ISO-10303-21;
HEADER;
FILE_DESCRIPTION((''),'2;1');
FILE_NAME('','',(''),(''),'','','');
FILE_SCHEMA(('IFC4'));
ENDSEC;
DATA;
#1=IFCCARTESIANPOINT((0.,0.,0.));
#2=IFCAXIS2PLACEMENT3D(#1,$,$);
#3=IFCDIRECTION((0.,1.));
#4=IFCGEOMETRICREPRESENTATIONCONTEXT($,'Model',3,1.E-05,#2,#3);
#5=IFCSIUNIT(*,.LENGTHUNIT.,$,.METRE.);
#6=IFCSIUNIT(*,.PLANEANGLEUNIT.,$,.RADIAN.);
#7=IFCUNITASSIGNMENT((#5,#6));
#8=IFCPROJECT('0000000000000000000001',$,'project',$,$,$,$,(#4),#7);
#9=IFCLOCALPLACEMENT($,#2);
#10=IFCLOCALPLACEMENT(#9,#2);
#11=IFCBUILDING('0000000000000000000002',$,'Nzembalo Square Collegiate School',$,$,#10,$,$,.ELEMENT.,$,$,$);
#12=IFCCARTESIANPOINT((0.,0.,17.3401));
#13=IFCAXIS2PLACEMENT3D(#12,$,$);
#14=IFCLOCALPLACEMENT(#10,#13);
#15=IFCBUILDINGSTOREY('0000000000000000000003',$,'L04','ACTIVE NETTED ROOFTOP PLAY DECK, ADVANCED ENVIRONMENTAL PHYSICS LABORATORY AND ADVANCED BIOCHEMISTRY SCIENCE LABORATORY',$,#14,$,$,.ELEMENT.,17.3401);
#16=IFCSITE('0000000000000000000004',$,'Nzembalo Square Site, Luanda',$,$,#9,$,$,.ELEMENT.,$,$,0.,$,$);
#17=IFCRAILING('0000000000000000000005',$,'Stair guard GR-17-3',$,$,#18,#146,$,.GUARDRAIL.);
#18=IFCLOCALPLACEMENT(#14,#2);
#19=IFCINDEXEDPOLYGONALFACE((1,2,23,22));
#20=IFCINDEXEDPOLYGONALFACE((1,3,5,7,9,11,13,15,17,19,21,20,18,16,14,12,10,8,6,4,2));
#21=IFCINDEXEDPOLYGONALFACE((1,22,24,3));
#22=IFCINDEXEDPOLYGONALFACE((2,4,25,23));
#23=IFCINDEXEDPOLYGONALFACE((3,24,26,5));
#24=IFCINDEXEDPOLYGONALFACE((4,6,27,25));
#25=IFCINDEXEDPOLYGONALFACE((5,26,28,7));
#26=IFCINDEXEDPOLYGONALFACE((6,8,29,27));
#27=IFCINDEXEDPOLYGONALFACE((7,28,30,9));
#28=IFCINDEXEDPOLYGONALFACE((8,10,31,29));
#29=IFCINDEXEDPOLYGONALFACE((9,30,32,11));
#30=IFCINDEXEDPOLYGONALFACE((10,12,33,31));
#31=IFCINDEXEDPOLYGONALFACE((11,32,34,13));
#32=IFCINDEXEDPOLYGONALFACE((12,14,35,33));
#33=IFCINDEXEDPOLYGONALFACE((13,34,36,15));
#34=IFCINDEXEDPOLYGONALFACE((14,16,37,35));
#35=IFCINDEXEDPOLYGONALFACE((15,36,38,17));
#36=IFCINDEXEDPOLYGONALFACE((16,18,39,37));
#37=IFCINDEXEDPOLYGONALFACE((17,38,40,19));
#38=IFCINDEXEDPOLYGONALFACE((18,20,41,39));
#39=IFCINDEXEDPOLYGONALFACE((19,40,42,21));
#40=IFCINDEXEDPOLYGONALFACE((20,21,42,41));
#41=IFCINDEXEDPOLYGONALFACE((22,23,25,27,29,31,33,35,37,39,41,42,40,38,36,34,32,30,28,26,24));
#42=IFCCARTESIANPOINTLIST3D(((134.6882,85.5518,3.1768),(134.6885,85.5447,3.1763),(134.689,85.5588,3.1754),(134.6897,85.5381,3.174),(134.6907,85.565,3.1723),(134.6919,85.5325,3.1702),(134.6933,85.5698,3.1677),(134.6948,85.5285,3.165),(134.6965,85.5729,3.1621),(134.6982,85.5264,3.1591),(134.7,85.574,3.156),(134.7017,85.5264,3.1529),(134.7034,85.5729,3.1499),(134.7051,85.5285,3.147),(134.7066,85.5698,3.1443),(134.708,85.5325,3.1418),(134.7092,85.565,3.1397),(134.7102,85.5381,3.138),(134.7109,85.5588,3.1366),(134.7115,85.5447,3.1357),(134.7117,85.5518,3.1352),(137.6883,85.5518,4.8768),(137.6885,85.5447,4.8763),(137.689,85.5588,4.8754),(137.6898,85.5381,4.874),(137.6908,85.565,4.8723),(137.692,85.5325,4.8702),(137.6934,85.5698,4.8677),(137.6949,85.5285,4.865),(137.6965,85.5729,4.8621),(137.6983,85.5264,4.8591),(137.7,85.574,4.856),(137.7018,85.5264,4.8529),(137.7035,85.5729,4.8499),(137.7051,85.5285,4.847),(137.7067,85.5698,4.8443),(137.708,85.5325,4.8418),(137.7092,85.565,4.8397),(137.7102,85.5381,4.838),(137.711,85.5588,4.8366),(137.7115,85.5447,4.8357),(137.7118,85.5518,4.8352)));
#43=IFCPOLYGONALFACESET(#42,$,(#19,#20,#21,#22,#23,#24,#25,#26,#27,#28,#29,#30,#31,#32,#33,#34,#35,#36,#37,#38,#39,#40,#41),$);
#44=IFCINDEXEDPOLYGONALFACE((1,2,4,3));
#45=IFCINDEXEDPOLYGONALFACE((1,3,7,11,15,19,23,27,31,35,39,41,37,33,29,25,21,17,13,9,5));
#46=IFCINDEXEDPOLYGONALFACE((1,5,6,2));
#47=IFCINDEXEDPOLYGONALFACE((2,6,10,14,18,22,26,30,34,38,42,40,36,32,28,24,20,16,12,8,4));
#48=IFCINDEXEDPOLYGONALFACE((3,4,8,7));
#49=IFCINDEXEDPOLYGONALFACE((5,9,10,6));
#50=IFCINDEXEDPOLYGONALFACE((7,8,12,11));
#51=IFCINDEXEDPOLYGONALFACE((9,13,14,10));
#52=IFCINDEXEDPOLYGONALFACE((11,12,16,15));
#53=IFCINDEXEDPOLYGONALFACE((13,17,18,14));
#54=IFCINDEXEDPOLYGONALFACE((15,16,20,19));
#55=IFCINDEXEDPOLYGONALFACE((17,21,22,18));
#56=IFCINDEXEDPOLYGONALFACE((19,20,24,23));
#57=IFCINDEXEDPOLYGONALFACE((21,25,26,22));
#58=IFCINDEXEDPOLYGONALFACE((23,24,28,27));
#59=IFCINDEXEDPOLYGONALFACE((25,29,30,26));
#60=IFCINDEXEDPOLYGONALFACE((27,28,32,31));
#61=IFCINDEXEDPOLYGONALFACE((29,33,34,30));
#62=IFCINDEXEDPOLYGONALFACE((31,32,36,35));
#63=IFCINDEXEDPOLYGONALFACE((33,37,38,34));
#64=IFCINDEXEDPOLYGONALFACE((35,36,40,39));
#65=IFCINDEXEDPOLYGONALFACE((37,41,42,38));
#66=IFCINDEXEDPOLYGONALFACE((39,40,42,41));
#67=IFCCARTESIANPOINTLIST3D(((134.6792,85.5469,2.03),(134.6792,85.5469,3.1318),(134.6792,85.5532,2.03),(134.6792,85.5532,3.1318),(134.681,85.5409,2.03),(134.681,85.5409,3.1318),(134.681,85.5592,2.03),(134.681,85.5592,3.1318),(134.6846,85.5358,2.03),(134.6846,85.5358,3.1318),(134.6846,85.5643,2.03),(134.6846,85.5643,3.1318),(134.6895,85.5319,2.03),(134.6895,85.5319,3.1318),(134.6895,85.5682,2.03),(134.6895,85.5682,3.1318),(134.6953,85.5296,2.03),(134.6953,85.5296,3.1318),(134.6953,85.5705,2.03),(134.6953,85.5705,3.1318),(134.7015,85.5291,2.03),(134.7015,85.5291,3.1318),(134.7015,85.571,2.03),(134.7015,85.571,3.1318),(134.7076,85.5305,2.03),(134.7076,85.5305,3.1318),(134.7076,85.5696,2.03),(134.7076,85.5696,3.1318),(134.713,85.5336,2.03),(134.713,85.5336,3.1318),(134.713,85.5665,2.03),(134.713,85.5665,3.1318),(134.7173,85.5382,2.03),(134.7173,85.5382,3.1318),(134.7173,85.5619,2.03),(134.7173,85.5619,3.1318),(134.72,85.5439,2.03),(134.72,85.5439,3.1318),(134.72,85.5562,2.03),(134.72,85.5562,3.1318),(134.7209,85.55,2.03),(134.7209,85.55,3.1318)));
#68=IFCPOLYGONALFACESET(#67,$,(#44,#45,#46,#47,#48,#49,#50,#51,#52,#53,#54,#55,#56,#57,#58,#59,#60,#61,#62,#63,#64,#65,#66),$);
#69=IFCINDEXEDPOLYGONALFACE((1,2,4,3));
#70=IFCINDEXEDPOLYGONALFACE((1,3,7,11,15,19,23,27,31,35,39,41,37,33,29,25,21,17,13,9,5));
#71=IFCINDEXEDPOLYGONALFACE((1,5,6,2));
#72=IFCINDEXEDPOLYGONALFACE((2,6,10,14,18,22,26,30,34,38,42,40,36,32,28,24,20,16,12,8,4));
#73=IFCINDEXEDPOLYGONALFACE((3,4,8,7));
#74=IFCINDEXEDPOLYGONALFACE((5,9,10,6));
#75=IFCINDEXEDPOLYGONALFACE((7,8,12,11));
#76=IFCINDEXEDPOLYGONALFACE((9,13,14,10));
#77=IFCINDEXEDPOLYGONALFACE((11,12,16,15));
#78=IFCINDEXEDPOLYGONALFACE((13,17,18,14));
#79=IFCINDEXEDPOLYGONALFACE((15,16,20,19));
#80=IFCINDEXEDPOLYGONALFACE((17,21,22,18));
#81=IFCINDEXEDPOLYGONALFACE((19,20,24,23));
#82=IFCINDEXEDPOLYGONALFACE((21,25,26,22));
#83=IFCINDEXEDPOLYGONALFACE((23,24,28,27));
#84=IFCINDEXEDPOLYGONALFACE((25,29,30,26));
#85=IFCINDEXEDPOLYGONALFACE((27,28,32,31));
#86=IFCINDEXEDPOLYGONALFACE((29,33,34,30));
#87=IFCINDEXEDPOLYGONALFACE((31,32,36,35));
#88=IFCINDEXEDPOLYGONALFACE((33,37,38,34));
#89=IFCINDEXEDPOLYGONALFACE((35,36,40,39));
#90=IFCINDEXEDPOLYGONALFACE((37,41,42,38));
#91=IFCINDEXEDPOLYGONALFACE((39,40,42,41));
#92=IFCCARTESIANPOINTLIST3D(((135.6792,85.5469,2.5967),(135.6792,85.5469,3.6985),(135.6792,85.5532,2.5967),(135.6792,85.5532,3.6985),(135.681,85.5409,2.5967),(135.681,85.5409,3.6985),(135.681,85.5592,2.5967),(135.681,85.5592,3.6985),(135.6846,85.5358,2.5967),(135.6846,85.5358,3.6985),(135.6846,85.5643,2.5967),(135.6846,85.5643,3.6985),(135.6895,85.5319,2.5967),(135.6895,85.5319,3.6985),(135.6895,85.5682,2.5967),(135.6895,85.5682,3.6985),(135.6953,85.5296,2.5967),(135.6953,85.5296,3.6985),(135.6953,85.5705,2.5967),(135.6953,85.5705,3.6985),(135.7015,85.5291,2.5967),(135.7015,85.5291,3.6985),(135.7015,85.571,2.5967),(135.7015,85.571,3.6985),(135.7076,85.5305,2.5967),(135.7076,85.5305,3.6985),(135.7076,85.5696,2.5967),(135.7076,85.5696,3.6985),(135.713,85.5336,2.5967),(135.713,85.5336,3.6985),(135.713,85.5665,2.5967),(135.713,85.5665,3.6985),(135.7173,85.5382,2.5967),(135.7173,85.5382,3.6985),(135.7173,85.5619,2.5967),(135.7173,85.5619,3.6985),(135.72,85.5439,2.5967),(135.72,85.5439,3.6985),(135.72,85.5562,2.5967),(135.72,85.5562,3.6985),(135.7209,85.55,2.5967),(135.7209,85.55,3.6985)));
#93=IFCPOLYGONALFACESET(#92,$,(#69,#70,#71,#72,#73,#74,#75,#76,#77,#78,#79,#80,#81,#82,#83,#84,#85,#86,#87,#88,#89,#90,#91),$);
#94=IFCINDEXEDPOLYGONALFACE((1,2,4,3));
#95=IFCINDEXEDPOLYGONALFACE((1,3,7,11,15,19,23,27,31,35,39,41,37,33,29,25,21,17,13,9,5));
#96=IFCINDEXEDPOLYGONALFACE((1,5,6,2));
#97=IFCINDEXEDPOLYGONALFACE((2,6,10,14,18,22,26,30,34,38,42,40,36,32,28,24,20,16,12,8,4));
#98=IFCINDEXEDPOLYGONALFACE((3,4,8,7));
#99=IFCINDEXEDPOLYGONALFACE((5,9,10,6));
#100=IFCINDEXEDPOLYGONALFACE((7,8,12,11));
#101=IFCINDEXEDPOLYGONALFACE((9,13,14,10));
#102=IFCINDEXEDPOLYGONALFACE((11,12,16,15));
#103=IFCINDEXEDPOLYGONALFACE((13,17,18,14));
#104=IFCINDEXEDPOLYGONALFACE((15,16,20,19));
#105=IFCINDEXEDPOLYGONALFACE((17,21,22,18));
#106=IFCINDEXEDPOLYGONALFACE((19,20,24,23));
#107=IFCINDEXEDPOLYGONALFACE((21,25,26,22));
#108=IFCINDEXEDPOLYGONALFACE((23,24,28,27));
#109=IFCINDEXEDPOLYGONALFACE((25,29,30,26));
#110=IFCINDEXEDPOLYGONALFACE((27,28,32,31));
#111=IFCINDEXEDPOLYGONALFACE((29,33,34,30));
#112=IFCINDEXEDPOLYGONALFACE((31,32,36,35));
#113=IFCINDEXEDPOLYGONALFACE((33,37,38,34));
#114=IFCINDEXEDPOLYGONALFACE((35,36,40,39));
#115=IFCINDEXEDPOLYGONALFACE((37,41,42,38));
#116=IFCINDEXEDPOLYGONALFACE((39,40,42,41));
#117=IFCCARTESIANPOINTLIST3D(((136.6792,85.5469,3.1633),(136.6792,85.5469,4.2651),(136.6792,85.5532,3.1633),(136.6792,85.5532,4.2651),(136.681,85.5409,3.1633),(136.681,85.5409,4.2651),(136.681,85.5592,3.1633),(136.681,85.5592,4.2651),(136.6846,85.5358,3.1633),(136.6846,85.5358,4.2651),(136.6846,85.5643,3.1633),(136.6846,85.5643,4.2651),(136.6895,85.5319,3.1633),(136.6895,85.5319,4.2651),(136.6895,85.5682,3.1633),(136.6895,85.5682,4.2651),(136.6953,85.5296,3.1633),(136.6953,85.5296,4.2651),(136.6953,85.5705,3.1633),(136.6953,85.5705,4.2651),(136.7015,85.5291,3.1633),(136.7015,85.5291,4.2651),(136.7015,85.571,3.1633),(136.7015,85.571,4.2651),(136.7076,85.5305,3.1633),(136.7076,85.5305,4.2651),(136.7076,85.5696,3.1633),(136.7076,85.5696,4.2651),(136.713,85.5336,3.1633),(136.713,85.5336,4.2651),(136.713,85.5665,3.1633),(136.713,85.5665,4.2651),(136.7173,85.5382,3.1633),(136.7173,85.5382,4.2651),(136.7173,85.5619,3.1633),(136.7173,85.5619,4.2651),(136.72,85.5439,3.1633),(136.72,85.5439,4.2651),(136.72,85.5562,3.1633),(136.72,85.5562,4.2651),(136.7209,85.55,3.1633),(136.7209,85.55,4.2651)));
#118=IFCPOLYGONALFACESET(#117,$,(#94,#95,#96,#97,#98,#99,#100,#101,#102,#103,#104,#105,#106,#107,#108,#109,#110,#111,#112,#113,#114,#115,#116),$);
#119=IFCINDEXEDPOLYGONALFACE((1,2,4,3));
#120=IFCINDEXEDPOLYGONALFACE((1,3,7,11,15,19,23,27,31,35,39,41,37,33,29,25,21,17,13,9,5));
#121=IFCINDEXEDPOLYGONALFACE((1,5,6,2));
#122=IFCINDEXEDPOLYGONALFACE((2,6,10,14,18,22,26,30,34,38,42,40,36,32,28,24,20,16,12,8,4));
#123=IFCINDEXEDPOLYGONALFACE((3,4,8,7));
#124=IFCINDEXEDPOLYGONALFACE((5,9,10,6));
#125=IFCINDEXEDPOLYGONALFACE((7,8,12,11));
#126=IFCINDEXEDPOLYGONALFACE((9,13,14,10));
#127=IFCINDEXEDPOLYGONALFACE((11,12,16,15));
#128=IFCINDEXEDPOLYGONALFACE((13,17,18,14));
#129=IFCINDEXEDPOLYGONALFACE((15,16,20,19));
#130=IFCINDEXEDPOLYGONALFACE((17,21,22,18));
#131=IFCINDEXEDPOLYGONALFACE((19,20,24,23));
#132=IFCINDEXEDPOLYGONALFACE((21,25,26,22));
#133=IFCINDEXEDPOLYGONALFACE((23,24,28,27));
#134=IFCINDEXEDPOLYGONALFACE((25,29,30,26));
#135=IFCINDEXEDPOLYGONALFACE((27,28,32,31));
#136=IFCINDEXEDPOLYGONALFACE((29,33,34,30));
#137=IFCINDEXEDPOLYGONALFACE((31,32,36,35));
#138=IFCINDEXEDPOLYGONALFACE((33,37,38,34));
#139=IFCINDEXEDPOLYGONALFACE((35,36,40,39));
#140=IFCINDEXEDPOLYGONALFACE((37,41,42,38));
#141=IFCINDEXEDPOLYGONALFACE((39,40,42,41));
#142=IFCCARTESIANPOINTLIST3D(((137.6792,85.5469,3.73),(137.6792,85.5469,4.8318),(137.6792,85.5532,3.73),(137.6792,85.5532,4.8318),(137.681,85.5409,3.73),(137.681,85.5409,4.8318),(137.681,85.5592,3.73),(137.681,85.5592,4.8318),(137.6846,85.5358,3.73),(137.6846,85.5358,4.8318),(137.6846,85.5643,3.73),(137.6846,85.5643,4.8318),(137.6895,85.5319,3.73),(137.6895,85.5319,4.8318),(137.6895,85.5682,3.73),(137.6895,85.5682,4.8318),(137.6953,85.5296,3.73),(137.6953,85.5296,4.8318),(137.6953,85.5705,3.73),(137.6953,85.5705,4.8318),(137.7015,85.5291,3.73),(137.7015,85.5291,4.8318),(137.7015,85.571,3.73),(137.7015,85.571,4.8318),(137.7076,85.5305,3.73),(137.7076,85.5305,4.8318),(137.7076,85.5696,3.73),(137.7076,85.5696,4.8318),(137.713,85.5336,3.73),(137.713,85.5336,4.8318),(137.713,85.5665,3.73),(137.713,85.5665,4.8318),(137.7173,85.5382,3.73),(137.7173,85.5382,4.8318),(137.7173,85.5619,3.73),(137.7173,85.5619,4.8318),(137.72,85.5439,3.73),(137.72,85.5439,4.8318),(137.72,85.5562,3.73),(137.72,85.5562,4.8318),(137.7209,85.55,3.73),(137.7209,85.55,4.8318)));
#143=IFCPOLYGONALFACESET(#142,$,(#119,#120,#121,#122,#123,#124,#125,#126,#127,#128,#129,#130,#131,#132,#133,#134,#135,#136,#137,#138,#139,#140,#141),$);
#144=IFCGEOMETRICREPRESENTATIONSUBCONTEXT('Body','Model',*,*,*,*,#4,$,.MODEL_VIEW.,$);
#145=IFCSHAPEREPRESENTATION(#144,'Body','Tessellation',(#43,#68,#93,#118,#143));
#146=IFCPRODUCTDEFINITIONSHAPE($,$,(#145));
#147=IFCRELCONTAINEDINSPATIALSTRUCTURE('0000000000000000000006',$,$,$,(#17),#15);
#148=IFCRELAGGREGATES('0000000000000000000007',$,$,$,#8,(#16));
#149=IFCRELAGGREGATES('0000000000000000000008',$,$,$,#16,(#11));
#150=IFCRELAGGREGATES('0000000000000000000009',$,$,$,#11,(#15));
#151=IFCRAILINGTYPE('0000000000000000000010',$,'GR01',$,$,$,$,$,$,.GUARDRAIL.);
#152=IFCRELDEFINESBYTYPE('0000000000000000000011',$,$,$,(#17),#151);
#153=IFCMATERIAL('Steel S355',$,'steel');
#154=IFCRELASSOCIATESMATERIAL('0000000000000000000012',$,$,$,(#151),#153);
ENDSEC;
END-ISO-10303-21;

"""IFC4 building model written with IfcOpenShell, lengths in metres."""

from ifc_helpers import new_model, si_unit, direction, frame, origin, origin_2d, place, context, subcontext, project, spatial, circle, extrude, material, type_object, element, save


model = new_model("IFC4")

# Units and contexts
model_context = context("Model", 3, precision=1e-05, world=origin(), true_north=direction((0.0, 1.0)))
body_context = subcontext(model_context, "Body", "Model", "MODEL_VIEW")
ifc_project = project(units=[si_unit("LENGTHUNIT", "METRE"), si_unit("PLANEANGLEUNIT", "RADIAN")], contexts=[model_context])

# Site, building, storey
site_placement = place(None, origin())
site = spatial("IfcSite", under=ifc_project, at=site_placement, Name="Nzembalo Square Site, Luanda", CompositionType="ELEMENT", RefElevation=0.0)
building_placement = place(site_placement, origin())
building = spatial("IfcBuilding", under=site, at=building_placement, Name="Nzembalo Square Collegiate School", CompositionType="ELEMENT")
storey_placement = place(building_placement, frame((0.0, 0.0, 17.3401)))
storey = spatial("IfcBuildingStorey", under=building, at=storey_placement, Name="L04", Description="ACTIVE NETTED ROOFTOP PLAY DECK, ADVANCED ENVIRONMENTAL PHYSICS LABORATORY AND ADVANCED BIOCHEMISTRY SCIENCE LABORATORY", CompositionType="ELEMENT", Elevation=17.3401)

# Railing
ifc_material_1 = material(Name="Steel S355", Category="steel")
railing_type_1 = type_object("IfcRailingType", Name="GR01", PredefinedType="GUARDRAIL", material=ifc_material_1)
railing_1_placement = place(storey_placement, frame((134.7, 85.55, 2.03)))
element("IfcRailing", 1, at=railing_1_placement, inside=storey, type_object=railing_type_1, Name="Stair guard GR-17-3", PredefinedType="GUARDRAIL", context=body_context, shape_type="SweptSolid", body=[
    extrude(circle(Radius=0.0239, at=origin_2d()), frame((0.0, 0.0, 1.126), z_axis=(0.870028, 0.0, 0.493002), x_axis=(0.0, 1.0, 0.0)), (0.0, 0.0, 1.0), 3.4482),
    extrude(circle(Radius=0.021, at=origin_2d()), origin(), (0.0, 0.0, 1.0), 1.1018),
    extrude(circle(Radius=0.021, at=origin_2d()), frame((1.0, 0.0, 0.5667)), (0.0, 0.0, 1.0), 1.1018),
    extrude(circle(Radius=0.021, at=origin_2d()), frame((2.0, 0.0, 1.1333)), (0.0, 0.0, 1.0), 1.1018),
    extrude(circle(Radius=0.021, at=origin_2d()), frame((3.0, 0.0, 1.7)), (0.0, 0.0, 1.0), 1.1018),
])

save(model, "model.ifc")
